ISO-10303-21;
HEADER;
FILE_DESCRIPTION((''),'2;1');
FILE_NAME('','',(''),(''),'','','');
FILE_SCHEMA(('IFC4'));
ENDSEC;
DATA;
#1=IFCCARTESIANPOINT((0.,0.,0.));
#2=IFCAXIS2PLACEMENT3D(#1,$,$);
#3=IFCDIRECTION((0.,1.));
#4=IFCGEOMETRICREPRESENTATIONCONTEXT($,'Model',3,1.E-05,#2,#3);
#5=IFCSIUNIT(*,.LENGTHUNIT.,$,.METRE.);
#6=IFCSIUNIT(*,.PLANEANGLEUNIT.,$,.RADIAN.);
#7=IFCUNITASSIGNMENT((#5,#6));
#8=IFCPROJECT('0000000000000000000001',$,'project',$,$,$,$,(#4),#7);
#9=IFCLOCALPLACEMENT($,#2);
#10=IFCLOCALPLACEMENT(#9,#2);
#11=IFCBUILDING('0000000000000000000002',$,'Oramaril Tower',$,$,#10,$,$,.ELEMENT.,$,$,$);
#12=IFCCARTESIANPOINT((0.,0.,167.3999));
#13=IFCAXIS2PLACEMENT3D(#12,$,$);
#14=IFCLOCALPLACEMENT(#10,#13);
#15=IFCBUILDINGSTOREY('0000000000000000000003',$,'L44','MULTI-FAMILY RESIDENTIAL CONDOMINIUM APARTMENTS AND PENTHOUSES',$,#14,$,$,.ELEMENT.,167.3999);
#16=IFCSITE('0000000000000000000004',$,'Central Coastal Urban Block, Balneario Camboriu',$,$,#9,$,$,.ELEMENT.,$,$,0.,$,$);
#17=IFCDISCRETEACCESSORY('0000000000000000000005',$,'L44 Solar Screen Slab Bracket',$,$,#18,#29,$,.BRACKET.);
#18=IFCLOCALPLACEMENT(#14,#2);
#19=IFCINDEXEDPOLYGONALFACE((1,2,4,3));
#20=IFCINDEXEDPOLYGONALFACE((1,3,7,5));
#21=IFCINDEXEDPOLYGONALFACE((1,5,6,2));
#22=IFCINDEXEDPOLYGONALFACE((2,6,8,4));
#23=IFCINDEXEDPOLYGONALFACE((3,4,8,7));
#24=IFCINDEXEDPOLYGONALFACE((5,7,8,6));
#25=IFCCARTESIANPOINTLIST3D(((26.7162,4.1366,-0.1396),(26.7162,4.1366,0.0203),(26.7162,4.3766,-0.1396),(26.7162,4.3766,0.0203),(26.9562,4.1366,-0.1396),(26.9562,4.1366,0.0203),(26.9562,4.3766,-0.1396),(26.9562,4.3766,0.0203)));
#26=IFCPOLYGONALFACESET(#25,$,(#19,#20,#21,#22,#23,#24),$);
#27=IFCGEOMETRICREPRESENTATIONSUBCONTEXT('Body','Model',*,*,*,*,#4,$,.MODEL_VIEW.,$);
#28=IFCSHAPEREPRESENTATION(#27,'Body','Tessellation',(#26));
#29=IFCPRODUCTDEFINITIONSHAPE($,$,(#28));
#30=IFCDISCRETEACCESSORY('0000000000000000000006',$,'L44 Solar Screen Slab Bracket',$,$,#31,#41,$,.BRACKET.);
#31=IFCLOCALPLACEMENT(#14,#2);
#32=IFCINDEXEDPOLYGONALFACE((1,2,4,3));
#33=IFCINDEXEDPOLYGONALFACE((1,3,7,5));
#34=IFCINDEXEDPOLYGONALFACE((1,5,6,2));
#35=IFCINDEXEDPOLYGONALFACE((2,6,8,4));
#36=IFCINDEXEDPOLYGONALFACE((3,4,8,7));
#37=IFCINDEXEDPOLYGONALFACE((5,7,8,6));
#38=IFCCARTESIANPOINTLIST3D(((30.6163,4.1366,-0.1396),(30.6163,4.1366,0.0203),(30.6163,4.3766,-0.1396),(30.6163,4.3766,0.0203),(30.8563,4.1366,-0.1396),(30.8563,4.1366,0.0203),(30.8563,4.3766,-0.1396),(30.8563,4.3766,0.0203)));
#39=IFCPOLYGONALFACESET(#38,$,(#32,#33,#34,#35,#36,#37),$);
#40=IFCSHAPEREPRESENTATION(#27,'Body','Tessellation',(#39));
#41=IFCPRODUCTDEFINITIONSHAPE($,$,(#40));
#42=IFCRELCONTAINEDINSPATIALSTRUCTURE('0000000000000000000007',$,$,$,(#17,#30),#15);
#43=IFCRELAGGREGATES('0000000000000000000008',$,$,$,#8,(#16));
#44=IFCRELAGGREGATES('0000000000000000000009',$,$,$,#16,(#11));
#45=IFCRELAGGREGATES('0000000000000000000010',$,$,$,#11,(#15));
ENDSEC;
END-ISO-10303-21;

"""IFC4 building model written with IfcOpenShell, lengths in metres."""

from ifc_helpers import new_model, si_unit, direction, frame, origin, origin_2d, place, context, subcontext, project, spatial, rectangle, extrude, element, save


model = new_model("IFC4")

# Units and contexts
model_context = context("Model", 3, precision=1e-05, world=origin(), true_north=direction((0.0, 1.0)))
body_context = subcontext(model_context, "Body", "Model", "MODEL_VIEW")
ifc_project = project(units=[si_unit("LENGTHUNIT", "METRE"), si_unit("PLANEANGLEUNIT", "RADIAN")], contexts=[model_context])

# Site, building, storey
site_placement = place(None, origin())
site = spatial("IfcSite", under=ifc_project, at=site_placement, Name="Central Coastal Urban Block, Balneario Camboriu", CompositionType="ELEMENT", RefElevation=0.0)
building_placement = place(site_placement, origin())
building = spatial("IfcBuilding", under=site, at=building_placement, Name="Oramaril Tower", CompositionType="ELEMENT")
storey_placement = place(building_placement, frame((0.0, 0.0, 167.3999)))
storey = spatial("IfcBuildingStorey", under=building, at=storey_placement, Name="L44", Description="MULTI-FAMILY RESIDENTIAL CONDOMINIUM APARTMENTS AND PENTHOUSES", CompositionType="ELEMENT", Elevation=167.3999)

# Discrete accessories
for number, where, z_axis, x_axis, name in (
    (1, (26.8362, 4.2566, -0.1396), (0.0, 0.0, 1.0), (1.0, 0.0, 0.0), "L44 Solar Screen Slab Bracket"),
    (2, (30.7363, 4.2566, -0.1396), (0.0, 0.0, 1.0), (1.0, 0.0, 0.0), "L44 Solar Screen Slab Bracket"),
):
    element("IfcDiscreteAccessory", number, at=place(storey_placement, frame(where, z_axis=z_axis, x_axis=x_axis)), inside=storey, Name=name, PredefinedType="BRACKET", context=body_context, shape_type="SweptSolid", body=[
        extrude(rectangle(XDim=0.24, YDim=0.24, at=origin_2d()), origin(), (0.0, 0.0, 1.0), 0.1599),
    ])

save(model, "model.ifc")
